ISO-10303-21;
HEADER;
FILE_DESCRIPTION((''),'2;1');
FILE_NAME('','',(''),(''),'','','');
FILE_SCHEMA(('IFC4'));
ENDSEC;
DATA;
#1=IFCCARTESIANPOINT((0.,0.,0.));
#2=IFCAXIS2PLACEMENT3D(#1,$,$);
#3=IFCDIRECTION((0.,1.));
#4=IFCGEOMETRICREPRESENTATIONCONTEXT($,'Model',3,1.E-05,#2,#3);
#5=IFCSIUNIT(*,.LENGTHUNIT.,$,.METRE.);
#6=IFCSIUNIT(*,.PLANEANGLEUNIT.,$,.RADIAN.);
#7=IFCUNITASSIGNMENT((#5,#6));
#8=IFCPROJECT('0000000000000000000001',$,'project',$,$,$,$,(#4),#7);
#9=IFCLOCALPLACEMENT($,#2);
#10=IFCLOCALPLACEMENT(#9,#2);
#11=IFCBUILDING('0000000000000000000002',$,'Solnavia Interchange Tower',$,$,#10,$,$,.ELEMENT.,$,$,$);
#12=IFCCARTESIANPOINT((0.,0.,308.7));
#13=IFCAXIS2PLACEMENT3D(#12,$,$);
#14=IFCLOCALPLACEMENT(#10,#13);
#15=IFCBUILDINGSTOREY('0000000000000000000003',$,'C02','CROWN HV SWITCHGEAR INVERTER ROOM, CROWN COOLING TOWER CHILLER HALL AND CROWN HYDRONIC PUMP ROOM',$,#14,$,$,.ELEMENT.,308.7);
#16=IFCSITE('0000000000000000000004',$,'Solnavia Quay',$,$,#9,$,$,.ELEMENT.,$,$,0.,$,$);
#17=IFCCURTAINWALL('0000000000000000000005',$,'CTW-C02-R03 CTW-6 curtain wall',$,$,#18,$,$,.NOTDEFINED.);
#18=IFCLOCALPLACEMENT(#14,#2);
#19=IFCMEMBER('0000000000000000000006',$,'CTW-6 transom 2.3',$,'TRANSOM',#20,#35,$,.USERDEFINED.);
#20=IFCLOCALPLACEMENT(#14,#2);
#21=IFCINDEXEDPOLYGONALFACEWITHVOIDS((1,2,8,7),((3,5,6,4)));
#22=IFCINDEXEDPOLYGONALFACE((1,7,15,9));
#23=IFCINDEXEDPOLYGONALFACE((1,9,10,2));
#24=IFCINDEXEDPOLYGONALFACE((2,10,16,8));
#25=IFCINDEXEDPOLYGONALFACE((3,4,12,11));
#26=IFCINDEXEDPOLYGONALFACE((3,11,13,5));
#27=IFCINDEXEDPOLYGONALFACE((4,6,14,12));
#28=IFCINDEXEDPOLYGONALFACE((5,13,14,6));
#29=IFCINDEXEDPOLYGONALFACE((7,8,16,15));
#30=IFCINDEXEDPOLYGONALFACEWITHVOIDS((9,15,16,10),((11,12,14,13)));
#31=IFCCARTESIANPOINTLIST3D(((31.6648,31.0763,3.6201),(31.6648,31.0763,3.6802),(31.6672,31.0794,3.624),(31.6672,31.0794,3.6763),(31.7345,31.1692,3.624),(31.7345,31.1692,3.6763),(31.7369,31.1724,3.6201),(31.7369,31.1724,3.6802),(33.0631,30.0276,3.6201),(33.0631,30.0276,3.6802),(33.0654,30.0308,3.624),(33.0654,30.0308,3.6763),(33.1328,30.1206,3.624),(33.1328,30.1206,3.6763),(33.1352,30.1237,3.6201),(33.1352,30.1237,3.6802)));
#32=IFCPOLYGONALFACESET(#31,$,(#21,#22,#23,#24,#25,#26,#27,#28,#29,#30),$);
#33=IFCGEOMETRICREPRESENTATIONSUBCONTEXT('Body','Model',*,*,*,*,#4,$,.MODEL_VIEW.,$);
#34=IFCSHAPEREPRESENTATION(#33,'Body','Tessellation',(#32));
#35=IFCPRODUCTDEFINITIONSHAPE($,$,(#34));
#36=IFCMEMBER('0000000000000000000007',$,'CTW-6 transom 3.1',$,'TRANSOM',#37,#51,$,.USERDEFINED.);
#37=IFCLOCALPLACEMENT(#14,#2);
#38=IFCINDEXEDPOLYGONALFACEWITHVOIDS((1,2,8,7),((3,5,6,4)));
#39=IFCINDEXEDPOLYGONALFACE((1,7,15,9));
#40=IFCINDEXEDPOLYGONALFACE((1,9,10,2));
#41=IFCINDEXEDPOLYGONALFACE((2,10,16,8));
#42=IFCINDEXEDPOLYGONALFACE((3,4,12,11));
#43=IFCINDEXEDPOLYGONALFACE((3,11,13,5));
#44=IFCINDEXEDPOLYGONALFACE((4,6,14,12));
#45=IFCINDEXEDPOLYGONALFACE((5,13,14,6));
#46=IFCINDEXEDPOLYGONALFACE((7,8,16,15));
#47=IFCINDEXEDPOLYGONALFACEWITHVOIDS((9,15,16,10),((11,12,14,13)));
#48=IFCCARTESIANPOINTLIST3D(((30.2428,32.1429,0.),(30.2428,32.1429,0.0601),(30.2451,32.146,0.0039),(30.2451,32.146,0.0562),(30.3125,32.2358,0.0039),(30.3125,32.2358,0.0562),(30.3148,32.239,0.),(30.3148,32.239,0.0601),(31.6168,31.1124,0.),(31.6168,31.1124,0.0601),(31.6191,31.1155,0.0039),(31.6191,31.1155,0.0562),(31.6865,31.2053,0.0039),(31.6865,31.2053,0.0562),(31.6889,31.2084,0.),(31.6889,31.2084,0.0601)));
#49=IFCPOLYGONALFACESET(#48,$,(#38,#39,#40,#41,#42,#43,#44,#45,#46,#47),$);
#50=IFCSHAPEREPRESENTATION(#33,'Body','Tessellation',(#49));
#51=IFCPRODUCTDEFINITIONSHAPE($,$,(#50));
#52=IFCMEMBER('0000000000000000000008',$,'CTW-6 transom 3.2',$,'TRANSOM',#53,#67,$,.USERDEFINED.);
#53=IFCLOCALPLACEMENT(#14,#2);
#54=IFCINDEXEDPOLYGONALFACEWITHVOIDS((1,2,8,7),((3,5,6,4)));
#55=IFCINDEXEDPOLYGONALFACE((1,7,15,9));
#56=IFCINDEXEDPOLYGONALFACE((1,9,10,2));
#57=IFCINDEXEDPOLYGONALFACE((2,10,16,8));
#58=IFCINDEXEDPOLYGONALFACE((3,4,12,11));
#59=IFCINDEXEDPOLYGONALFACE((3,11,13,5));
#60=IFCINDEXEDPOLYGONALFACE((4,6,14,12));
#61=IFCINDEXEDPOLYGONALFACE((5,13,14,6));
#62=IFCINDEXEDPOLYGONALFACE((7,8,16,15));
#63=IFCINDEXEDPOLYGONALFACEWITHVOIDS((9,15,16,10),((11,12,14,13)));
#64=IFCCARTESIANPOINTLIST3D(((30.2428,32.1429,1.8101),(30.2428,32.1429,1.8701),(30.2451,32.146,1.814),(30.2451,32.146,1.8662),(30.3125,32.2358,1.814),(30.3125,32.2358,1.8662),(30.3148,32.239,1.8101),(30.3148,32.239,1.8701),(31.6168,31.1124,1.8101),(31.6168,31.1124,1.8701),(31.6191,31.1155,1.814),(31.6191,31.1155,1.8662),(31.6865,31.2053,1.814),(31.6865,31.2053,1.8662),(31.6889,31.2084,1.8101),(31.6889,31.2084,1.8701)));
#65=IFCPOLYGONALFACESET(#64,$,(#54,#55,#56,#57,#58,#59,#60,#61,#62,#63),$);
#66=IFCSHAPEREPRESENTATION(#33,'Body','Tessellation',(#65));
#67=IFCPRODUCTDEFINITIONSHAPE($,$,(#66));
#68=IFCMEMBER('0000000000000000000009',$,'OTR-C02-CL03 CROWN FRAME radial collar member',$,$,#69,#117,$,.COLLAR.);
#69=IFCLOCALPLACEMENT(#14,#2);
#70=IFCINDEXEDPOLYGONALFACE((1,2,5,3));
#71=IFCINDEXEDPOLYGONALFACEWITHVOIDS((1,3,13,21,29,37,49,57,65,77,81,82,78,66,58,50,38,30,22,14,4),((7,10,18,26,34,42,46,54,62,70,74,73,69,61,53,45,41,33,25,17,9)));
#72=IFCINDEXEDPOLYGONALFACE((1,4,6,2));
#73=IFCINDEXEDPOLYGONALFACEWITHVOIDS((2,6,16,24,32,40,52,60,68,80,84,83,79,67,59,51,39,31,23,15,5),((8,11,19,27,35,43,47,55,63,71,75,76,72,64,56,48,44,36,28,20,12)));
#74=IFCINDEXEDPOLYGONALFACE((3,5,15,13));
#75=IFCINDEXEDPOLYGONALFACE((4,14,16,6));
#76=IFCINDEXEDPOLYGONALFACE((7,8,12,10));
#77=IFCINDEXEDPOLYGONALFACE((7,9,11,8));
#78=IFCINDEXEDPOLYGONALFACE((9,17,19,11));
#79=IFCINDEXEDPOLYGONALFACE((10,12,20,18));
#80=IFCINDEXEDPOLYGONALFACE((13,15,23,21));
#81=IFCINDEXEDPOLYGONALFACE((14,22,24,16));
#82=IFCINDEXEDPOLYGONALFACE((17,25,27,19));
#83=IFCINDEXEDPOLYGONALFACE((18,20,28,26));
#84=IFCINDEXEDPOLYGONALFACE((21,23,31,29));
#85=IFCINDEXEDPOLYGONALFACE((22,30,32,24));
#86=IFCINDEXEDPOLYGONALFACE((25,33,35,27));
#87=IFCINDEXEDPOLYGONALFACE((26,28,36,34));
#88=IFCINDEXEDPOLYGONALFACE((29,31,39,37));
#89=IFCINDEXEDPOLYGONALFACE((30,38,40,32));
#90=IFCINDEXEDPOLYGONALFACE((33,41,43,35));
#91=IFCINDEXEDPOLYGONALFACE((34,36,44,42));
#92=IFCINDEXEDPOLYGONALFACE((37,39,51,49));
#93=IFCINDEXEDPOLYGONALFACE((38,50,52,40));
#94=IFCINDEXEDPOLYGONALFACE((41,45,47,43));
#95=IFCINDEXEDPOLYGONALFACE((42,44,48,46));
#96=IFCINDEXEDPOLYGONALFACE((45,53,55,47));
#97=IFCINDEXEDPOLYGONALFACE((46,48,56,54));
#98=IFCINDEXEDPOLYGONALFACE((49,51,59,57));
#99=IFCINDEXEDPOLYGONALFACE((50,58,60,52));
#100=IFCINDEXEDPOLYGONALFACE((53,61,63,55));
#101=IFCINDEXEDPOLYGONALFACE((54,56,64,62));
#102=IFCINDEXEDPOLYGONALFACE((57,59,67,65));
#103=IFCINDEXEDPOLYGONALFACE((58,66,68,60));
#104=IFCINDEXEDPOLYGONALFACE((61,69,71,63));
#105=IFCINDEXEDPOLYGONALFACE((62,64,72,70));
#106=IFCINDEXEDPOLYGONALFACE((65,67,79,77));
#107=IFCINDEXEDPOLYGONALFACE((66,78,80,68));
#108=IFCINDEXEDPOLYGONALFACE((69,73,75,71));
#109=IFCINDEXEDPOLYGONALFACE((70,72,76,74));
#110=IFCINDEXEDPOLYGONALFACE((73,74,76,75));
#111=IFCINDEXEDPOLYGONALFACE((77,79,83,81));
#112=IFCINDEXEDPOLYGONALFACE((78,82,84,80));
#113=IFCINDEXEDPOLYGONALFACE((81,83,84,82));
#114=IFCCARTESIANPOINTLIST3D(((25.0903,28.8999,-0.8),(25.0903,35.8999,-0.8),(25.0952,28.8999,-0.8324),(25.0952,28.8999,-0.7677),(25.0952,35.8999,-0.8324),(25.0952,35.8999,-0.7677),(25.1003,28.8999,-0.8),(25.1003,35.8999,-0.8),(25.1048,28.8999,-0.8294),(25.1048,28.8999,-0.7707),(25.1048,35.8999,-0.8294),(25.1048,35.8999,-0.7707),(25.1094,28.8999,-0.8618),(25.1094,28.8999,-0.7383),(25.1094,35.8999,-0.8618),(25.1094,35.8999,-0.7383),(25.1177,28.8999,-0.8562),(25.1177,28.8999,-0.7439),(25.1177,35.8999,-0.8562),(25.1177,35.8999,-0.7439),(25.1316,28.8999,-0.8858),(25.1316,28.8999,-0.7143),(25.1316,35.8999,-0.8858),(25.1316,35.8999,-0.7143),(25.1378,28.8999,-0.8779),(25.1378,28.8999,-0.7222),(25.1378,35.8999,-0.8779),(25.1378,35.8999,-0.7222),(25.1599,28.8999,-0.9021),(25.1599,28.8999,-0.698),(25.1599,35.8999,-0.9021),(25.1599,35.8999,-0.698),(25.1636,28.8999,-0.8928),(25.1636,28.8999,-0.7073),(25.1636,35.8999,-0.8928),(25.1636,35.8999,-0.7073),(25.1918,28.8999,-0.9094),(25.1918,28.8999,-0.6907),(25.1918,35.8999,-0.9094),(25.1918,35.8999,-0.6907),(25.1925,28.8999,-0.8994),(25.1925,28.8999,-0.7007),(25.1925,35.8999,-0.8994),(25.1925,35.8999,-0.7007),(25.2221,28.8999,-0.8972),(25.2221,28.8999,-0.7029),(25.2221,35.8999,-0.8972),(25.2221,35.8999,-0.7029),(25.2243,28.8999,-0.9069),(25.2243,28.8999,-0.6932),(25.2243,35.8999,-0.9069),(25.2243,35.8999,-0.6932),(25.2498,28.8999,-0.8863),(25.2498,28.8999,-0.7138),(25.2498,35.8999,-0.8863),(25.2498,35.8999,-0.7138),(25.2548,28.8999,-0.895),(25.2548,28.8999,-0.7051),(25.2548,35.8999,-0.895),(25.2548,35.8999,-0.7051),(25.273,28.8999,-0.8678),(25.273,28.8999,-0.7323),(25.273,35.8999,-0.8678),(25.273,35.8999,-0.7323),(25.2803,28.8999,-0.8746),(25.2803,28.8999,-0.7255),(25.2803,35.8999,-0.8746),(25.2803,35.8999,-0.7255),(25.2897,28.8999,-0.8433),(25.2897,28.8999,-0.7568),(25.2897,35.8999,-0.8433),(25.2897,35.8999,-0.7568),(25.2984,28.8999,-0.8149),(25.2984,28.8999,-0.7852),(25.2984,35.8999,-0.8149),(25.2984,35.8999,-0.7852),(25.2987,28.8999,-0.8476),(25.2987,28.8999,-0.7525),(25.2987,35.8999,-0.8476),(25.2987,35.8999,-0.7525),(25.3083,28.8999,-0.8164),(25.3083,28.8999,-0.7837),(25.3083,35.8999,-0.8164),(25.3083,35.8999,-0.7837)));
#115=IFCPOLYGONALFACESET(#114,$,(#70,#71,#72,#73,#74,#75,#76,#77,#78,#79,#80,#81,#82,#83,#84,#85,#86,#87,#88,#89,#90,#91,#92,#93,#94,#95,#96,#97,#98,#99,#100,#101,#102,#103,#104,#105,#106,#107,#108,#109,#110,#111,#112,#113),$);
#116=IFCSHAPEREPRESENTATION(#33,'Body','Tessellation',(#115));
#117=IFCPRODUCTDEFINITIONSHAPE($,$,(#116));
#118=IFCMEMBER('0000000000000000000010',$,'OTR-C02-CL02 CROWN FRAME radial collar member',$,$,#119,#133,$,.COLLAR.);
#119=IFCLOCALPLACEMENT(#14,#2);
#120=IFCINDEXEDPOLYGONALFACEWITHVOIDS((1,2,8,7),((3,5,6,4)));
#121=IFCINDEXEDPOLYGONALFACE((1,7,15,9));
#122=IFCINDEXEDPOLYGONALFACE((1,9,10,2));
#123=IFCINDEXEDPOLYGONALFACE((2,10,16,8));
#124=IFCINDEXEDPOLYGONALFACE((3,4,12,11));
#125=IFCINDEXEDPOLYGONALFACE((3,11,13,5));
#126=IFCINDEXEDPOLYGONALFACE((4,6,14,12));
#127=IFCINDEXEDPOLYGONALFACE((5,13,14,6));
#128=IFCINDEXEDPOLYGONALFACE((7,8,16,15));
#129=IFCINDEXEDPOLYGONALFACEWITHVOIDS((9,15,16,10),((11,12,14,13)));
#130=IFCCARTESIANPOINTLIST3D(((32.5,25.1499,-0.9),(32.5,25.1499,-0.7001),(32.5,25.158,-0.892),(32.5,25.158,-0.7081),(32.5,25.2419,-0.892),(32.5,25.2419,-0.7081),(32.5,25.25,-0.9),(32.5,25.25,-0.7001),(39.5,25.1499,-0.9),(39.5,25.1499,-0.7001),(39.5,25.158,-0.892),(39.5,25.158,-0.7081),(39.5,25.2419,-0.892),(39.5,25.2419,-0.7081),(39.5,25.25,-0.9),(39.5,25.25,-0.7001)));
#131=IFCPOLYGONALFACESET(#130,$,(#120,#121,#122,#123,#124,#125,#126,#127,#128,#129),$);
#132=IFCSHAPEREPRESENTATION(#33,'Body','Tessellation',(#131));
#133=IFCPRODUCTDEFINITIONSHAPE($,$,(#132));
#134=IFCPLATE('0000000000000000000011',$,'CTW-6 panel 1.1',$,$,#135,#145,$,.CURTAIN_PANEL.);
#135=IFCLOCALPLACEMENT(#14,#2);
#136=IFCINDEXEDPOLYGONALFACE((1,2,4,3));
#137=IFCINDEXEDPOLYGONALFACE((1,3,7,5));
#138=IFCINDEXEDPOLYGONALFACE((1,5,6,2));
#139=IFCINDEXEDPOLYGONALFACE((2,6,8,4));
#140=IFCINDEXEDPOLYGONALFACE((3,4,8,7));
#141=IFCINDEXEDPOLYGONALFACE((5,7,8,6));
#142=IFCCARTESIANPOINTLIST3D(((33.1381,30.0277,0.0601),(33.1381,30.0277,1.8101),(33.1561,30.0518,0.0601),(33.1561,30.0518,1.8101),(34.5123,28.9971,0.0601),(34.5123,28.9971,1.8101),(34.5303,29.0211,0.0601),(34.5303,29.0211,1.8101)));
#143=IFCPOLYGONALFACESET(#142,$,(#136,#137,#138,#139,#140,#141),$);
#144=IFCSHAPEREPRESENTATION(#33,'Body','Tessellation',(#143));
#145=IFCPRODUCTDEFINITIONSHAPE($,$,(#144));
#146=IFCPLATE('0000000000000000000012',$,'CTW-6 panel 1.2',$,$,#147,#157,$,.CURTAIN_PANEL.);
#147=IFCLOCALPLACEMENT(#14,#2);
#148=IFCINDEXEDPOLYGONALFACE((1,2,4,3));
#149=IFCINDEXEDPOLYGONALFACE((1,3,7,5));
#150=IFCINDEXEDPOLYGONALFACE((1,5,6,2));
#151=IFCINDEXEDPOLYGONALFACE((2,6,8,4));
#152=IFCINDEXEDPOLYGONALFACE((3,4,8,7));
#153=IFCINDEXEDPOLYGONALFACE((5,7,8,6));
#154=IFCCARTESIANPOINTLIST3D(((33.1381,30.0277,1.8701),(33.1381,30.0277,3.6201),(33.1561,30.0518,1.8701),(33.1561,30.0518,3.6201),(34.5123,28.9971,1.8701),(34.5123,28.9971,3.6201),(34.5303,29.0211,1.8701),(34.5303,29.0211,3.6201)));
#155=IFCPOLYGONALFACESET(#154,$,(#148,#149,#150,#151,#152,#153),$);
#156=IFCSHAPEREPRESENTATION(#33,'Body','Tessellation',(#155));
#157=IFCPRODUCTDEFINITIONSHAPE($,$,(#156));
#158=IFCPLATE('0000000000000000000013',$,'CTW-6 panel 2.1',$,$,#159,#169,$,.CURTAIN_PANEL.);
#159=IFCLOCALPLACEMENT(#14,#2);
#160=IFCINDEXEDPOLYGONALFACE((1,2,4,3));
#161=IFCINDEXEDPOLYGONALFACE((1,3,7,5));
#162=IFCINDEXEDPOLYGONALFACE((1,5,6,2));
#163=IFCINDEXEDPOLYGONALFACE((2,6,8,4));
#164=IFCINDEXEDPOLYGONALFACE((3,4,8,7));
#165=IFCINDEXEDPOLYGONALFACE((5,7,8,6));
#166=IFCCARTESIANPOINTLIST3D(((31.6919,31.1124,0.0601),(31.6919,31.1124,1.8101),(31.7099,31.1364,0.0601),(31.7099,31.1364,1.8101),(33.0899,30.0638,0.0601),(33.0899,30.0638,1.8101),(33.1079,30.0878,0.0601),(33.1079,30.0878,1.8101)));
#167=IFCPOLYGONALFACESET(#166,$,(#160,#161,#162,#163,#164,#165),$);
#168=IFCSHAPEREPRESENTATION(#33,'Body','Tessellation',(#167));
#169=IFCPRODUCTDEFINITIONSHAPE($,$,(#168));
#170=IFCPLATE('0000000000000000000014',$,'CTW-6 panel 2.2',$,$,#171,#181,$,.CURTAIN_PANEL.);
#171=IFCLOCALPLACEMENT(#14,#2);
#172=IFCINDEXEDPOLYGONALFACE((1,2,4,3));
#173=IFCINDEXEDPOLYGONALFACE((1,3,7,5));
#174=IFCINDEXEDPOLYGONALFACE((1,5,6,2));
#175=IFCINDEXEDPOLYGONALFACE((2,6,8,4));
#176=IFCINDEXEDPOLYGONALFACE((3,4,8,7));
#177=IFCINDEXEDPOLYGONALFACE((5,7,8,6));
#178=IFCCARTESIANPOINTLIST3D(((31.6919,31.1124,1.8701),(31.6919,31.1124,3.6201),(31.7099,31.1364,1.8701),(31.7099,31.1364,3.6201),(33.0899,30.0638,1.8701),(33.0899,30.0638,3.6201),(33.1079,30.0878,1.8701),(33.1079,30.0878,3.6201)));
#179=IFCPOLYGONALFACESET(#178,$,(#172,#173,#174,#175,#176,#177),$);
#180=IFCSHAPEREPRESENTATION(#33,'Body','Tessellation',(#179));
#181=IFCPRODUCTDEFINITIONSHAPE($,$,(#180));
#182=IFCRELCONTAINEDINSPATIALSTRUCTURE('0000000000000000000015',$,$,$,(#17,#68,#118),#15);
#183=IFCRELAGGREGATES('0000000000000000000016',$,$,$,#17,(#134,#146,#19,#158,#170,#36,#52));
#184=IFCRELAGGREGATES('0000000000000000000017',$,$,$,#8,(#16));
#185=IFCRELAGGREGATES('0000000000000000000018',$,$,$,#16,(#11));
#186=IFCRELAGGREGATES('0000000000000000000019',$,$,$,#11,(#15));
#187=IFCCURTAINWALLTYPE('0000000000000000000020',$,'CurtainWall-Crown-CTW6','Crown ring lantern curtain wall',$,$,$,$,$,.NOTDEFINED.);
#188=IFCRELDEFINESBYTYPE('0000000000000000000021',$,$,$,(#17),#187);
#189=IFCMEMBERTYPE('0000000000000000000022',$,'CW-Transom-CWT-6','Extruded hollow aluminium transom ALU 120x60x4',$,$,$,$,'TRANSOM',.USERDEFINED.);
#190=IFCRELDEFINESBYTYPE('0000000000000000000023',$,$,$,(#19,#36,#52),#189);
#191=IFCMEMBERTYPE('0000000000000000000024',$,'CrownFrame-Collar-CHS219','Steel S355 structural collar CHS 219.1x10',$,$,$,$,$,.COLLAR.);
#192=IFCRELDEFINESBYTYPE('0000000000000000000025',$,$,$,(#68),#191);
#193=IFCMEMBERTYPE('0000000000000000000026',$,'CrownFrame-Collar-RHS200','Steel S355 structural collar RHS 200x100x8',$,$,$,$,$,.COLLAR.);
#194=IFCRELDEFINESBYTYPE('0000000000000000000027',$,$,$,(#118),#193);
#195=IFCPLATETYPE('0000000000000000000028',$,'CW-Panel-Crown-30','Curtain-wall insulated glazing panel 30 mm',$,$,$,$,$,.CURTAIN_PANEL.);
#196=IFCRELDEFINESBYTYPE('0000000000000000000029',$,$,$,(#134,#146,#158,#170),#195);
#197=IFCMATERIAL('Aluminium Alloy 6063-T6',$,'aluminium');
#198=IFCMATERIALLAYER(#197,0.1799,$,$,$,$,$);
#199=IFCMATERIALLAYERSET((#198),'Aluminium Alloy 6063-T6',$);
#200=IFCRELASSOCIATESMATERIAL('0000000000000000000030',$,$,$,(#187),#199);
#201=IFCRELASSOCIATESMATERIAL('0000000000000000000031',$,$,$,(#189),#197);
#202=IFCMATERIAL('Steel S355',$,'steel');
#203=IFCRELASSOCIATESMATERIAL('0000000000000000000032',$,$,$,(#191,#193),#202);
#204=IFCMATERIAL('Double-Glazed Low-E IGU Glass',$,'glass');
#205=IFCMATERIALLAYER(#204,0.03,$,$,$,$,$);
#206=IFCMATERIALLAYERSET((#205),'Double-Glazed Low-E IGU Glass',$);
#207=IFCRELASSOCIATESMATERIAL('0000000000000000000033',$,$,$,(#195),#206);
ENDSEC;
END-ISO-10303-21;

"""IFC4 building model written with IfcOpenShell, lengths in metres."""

from ifc_helpers import new_model, si_unit, direction, frame, origin, origin_2d, place, context, subcontext, project, spatial, rectangle, hollow_rectangle, hollow_circle, extrude, material, layer, layer_set, material_profile, profile_set, type_object, element, aggregate, save


model = new_model("IFC4")

# Units and contexts
model_context = context("Model", 3, precision=1e-05, world=origin(), true_north=direction((0.0, 1.0)))
body_context = subcontext(model_context, "Body", "Model", "MODEL_VIEW")
ifc_project = project(units=[si_unit("LENGTHUNIT", "METRE"), si_unit("PLANEANGLEUNIT", "RADIAN")], contexts=[model_context])

# Site, building, storey
site_placement = place(None, origin())
site = spatial("IfcSite", under=ifc_project, at=site_placement, Name="Solnavia Quay", CompositionType="ELEMENT", RefElevation=0.0)
building_placement = place(site_placement, origin())
building = spatial("IfcBuilding", under=site, at=building_placement, Name="Solnavia Interchange Tower", CompositionType="ELEMENT")
storey_placement = place(building_placement, frame((0.0, 0.0, 308.7)))
storey = spatial("IfcBuildingStorey", under=building, at=storey_placement, Name="C02", Description="CROWN HV SWITCHGEAR INVERTER ROOM, CROWN COOLING TOWER CHILLER HALL AND CROWN HYDRONIC PUMP ROOM", CompositionType="ELEMENT", Elevation=308.7)

# Curtain wall, members
ifc_material_1 = material(Name="Aluminium Alloy 6063-T6", Category="aluminium")
ifc_layer_1 = layer(ifc_material_1, 0.1799)
ifc_layer_set_1 = layer_set([ifc_layer_1], Name="Aluminium Alloy 6063-T6")
curtain_wall_type = type_object("IfcCurtainWallType", Name="CurtainWall-Crown-CTW6", Description="Crown ring lantern curtain wall", PredefinedType="NOTDEFINED", material=ifc_layer_set_1)
curtain_wall_placement = place(storey_placement, origin())
curtain_wall = element("IfcCurtainWall", 1, at=curtain_wall_placement, inside=storey, type_object=curtain_wall_type, Name="CTW-C02-R03 CTW-6 curtain wall", PredefinedType="NOTDEFINED")
ifc_material_profile_1 = material_profile(ifc_material_1, hollow_rectangle(XDim=0.0601, YDim=0.1201, WallThickness=0.0039, at=origin_2d()), Name="ALU 120x60x4")
ifc_profile_set_1 = profile_set([ifc_material_profile_1], Name="Aluminium Alloy 6063-T6")
member_type_1 = type_object("IfcMemberType", Name="CW-Transom-CWT-6", Description="Extruded hollow aluminium transom ALU 120x60x4", ElementType="TRANSOM", PredefinedType="USERDEFINED", material=ifc_profile_set_1)
member_1_placement = place(storey_placement, frame((33.0991, 30.0757, 3.6501), z_axis=(-0.800017, 0.599978, 0.0), x_axis=(0.0, 0.0, 1.0)))
member_1 = element("IfcMember", 2, at=member_1_placement, type_object=member_type_1, Name="CTW-6 transom 2.3", ObjectType="TRANSOM", PredefinedType="USERDEFINED", context=body_context, shape_type="SweptSolid", body=[
    extrude(hollow_rectangle(XDim=0.0601, YDim=0.1201, WallThickness=0.0039, at=origin_2d()), origin(), (0.0, 0.0, 1.0), 1.7478),
])
member_2_placement = place(storey_placement, frame((31.6528, 31.1604, 0.03), z_axis=(-0.8, 0.6, 0.0), x_axis=(0.0, 0.0, 1.0)))
member_2 = element("IfcMember", 3, at=member_2_placement, type_object=member_type_1, Name="CTW-6 transom 3.1", ObjectType="TRANSOM", PredefinedType="USERDEFINED", context=body_context, shape_type="SweptSolid", body=[
    extrude(hollow_rectangle(XDim=0.0601, YDim=0.1201, WallThickness=0.0039, at=origin_2d()), origin(), (0.0, 0.0, 1.0), 1.7175),
])
member_3_placement = place(storey_placement, frame((31.6528, 31.1604, 1.8401), z_axis=(-0.8, 0.6, 0.0), x_axis=(0.0, 0.0, 1.0)))
member_3 = element("IfcMember", 4, at=member_3_placement, type_object=member_type_1, Name="CTW-6 transom 3.2", ObjectType="TRANSOM", PredefinedType="USERDEFINED", context=body_context, shape_type="SweptSolid", body=[
    extrude(hollow_rectangle(XDim=0.0601, YDim=0.1201, WallThickness=0.0039, at=origin_2d()), origin(), (0.0, 0.0, 1.0), 1.7175),
])

# Members
ifc_material_2 = material(Name="Steel S355", Category="steel")
ifc_material_profile_2 = material_profile(ifc_material_2, hollow_circle(Radius=0.1096, WallThickness=0.01, at=origin_2d()), Name="CHS 219.1x10")
ifc_profile_set_2 = profile_set([ifc_material_profile_2], Name="Steel S355")
member_type_2 = type_object("IfcMemberType", Name="CrownFrame-Collar-CHS219", Description="Steel S355 structural collar CHS 219.1x10", PredefinedType="COLLAR", material=ifc_profile_set_2)
member_4_placement = place(storey_placement, frame((25.2, 28.8999, -0.8), z_axis=(0.0, 1.0, 0.0), x_axis=(-1.0, 0.0, 0.0)))
element("IfcMember", 5, at=member_4_placement, inside=storey, type_object=member_type_2, Name="OTR-C02-CL03 CROWN FRAME radial collar member", PredefinedType="COLLAR", context=body_context, shape_type="SweptSolid", body=[
    extrude(hollow_circle(Radius=0.1096, WallThickness=0.01, at=origin_2d()), origin(), (0.0, 0.0, 1.0), 7.0),
])
ifc_material_profile_3 = material_profile(ifc_material_2, hollow_rectangle(XDim=0.1001, YDim=0.2, WallThickness=0.0081, at=origin_2d()), Name="RHS 200x100x8")
ifc_profile_set_3 = profile_set([ifc_material_profile_3], Name="Steel S355")
member_type_3 = type_object("IfcMemberType", Name="CrownFrame-Collar-RHS200", Description="Steel S355 structural collar RHS 200x100x8", PredefinedType="COLLAR", material=ifc_profile_set_3)
member_5_placement = place(storey_placement, frame((32.5, 25.2, -0.8), z_axis=(1.0, 0.0, 0.0), x_axis=(0.0, 1.0, 0.0)))
element("IfcMember", 6, at=member_5_placement, inside=storey, type_object=member_type_3, Name="OTR-C02-CL02 CROWN FRAME radial collar member", PredefinedType="COLLAR", context=body_context, shape_type="SweptSolid", body=[
    extrude(hollow_rectangle(XDim=0.1001, YDim=0.2, WallThickness=0.0081, at=origin_2d()), origin(), (0.0, 0.0, 1.0), 7.0),
])

# Plates
ifc_material_3 = material(Name="Double-Glazed Low-E IGU Glass", Category="glass")
ifc_layer_2 = layer(ifc_material_3, 0.03)
ifc_layer_set_2 = layer_set([ifc_layer_2], Name="Double-Glazed Low-E IGU Glass")
plate_type_1 = type_object("IfcPlateType", Name="CW-Panel-Crown-30", Description="Curtain-wall insulated glazing panel 30 mm", PredefinedType="CURTAIN_PANEL", material=ifc_layer_set_2)
plate_1_placement = place(storey_placement, frame((33.8342, 29.5244, 0.0601), z_axis=(0.0, 0.0, 1.0), x_axis=(-0.8, 0.6, 0.0)))
plate_1 = element("IfcPlate", 7, at=plate_1_placement, type_object=plate_type_1, Name="CTW-6 panel 1.1", PredefinedType="CURTAIN_PANEL", context=body_context, shape_type="SweptSolid", body=[
    extrude(rectangle(XDim=1.7178, YDim=0.03, at=origin_2d()), origin(), (0.0, 0.0, 1.0), 1.75),
])
plate_2_placement = place(storey_placement, frame((33.8342, 29.5244, 1.8701), z_axis=(0.0, 0.0, 1.0), x_axis=(-0.8, 0.6, 0.0)))
plate_2 = element("IfcPlate", 8, at=plate_2_placement, type_object=plate_type_1, Name="CTW-6 panel 1.2", PredefinedType="CURTAIN_PANEL", context=body_context, shape_type="SweptSolid", body=[
    extrude(rectangle(XDim=1.7178, YDim=0.03, at=origin_2d()), origin(), (0.0, 0.0, 1.0), 1.75),
])
plate_3_placement = place(storey_placement, frame((32.3999, 30.6001, 0.0601), z_axis=(0.0, 0.0, 1.0), x_axis=(-0.8, 0.6, 0.0)))
plate_3 = element("IfcPlate", 9, at=plate_3_placement, type_object=plate_type_1, Name="CTW-6 panel 2.1", PredefinedType="CURTAIN_PANEL", context=body_context, shape_type="SweptSolid", body=[
    extrude(rectangle(XDim=1.7476, YDim=0.03, at=origin_2d()), origin(), (0.0, 0.0, 1.0), 1.75),
])
plate_4_placement = place(storey_placement, frame((32.3999, 30.6001, 1.8701), z_axis=(0.0, 0.0, 1.0), x_axis=(-0.8, 0.6, 0.0)))
plate_4 = element("IfcPlate", 10, at=plate_4_placement, type_object=plate_type_1, Name="CTW-6 panel 2.2", PredefinedType="CURTAIN_PANEL", context=body_context, shape_type="SweptSolid", body=[
    extrude(rectangle(XDim=1.7476, YDim=0.03, at=origin_2d()), origin(), (0.0, 0.0, 1.0), 1.75),
])
aggregate(curtain_wall, [plate_1, plate_2, member_1, plate_3, plate_4, member_2, member_3])

save(model, "model.ifc")
